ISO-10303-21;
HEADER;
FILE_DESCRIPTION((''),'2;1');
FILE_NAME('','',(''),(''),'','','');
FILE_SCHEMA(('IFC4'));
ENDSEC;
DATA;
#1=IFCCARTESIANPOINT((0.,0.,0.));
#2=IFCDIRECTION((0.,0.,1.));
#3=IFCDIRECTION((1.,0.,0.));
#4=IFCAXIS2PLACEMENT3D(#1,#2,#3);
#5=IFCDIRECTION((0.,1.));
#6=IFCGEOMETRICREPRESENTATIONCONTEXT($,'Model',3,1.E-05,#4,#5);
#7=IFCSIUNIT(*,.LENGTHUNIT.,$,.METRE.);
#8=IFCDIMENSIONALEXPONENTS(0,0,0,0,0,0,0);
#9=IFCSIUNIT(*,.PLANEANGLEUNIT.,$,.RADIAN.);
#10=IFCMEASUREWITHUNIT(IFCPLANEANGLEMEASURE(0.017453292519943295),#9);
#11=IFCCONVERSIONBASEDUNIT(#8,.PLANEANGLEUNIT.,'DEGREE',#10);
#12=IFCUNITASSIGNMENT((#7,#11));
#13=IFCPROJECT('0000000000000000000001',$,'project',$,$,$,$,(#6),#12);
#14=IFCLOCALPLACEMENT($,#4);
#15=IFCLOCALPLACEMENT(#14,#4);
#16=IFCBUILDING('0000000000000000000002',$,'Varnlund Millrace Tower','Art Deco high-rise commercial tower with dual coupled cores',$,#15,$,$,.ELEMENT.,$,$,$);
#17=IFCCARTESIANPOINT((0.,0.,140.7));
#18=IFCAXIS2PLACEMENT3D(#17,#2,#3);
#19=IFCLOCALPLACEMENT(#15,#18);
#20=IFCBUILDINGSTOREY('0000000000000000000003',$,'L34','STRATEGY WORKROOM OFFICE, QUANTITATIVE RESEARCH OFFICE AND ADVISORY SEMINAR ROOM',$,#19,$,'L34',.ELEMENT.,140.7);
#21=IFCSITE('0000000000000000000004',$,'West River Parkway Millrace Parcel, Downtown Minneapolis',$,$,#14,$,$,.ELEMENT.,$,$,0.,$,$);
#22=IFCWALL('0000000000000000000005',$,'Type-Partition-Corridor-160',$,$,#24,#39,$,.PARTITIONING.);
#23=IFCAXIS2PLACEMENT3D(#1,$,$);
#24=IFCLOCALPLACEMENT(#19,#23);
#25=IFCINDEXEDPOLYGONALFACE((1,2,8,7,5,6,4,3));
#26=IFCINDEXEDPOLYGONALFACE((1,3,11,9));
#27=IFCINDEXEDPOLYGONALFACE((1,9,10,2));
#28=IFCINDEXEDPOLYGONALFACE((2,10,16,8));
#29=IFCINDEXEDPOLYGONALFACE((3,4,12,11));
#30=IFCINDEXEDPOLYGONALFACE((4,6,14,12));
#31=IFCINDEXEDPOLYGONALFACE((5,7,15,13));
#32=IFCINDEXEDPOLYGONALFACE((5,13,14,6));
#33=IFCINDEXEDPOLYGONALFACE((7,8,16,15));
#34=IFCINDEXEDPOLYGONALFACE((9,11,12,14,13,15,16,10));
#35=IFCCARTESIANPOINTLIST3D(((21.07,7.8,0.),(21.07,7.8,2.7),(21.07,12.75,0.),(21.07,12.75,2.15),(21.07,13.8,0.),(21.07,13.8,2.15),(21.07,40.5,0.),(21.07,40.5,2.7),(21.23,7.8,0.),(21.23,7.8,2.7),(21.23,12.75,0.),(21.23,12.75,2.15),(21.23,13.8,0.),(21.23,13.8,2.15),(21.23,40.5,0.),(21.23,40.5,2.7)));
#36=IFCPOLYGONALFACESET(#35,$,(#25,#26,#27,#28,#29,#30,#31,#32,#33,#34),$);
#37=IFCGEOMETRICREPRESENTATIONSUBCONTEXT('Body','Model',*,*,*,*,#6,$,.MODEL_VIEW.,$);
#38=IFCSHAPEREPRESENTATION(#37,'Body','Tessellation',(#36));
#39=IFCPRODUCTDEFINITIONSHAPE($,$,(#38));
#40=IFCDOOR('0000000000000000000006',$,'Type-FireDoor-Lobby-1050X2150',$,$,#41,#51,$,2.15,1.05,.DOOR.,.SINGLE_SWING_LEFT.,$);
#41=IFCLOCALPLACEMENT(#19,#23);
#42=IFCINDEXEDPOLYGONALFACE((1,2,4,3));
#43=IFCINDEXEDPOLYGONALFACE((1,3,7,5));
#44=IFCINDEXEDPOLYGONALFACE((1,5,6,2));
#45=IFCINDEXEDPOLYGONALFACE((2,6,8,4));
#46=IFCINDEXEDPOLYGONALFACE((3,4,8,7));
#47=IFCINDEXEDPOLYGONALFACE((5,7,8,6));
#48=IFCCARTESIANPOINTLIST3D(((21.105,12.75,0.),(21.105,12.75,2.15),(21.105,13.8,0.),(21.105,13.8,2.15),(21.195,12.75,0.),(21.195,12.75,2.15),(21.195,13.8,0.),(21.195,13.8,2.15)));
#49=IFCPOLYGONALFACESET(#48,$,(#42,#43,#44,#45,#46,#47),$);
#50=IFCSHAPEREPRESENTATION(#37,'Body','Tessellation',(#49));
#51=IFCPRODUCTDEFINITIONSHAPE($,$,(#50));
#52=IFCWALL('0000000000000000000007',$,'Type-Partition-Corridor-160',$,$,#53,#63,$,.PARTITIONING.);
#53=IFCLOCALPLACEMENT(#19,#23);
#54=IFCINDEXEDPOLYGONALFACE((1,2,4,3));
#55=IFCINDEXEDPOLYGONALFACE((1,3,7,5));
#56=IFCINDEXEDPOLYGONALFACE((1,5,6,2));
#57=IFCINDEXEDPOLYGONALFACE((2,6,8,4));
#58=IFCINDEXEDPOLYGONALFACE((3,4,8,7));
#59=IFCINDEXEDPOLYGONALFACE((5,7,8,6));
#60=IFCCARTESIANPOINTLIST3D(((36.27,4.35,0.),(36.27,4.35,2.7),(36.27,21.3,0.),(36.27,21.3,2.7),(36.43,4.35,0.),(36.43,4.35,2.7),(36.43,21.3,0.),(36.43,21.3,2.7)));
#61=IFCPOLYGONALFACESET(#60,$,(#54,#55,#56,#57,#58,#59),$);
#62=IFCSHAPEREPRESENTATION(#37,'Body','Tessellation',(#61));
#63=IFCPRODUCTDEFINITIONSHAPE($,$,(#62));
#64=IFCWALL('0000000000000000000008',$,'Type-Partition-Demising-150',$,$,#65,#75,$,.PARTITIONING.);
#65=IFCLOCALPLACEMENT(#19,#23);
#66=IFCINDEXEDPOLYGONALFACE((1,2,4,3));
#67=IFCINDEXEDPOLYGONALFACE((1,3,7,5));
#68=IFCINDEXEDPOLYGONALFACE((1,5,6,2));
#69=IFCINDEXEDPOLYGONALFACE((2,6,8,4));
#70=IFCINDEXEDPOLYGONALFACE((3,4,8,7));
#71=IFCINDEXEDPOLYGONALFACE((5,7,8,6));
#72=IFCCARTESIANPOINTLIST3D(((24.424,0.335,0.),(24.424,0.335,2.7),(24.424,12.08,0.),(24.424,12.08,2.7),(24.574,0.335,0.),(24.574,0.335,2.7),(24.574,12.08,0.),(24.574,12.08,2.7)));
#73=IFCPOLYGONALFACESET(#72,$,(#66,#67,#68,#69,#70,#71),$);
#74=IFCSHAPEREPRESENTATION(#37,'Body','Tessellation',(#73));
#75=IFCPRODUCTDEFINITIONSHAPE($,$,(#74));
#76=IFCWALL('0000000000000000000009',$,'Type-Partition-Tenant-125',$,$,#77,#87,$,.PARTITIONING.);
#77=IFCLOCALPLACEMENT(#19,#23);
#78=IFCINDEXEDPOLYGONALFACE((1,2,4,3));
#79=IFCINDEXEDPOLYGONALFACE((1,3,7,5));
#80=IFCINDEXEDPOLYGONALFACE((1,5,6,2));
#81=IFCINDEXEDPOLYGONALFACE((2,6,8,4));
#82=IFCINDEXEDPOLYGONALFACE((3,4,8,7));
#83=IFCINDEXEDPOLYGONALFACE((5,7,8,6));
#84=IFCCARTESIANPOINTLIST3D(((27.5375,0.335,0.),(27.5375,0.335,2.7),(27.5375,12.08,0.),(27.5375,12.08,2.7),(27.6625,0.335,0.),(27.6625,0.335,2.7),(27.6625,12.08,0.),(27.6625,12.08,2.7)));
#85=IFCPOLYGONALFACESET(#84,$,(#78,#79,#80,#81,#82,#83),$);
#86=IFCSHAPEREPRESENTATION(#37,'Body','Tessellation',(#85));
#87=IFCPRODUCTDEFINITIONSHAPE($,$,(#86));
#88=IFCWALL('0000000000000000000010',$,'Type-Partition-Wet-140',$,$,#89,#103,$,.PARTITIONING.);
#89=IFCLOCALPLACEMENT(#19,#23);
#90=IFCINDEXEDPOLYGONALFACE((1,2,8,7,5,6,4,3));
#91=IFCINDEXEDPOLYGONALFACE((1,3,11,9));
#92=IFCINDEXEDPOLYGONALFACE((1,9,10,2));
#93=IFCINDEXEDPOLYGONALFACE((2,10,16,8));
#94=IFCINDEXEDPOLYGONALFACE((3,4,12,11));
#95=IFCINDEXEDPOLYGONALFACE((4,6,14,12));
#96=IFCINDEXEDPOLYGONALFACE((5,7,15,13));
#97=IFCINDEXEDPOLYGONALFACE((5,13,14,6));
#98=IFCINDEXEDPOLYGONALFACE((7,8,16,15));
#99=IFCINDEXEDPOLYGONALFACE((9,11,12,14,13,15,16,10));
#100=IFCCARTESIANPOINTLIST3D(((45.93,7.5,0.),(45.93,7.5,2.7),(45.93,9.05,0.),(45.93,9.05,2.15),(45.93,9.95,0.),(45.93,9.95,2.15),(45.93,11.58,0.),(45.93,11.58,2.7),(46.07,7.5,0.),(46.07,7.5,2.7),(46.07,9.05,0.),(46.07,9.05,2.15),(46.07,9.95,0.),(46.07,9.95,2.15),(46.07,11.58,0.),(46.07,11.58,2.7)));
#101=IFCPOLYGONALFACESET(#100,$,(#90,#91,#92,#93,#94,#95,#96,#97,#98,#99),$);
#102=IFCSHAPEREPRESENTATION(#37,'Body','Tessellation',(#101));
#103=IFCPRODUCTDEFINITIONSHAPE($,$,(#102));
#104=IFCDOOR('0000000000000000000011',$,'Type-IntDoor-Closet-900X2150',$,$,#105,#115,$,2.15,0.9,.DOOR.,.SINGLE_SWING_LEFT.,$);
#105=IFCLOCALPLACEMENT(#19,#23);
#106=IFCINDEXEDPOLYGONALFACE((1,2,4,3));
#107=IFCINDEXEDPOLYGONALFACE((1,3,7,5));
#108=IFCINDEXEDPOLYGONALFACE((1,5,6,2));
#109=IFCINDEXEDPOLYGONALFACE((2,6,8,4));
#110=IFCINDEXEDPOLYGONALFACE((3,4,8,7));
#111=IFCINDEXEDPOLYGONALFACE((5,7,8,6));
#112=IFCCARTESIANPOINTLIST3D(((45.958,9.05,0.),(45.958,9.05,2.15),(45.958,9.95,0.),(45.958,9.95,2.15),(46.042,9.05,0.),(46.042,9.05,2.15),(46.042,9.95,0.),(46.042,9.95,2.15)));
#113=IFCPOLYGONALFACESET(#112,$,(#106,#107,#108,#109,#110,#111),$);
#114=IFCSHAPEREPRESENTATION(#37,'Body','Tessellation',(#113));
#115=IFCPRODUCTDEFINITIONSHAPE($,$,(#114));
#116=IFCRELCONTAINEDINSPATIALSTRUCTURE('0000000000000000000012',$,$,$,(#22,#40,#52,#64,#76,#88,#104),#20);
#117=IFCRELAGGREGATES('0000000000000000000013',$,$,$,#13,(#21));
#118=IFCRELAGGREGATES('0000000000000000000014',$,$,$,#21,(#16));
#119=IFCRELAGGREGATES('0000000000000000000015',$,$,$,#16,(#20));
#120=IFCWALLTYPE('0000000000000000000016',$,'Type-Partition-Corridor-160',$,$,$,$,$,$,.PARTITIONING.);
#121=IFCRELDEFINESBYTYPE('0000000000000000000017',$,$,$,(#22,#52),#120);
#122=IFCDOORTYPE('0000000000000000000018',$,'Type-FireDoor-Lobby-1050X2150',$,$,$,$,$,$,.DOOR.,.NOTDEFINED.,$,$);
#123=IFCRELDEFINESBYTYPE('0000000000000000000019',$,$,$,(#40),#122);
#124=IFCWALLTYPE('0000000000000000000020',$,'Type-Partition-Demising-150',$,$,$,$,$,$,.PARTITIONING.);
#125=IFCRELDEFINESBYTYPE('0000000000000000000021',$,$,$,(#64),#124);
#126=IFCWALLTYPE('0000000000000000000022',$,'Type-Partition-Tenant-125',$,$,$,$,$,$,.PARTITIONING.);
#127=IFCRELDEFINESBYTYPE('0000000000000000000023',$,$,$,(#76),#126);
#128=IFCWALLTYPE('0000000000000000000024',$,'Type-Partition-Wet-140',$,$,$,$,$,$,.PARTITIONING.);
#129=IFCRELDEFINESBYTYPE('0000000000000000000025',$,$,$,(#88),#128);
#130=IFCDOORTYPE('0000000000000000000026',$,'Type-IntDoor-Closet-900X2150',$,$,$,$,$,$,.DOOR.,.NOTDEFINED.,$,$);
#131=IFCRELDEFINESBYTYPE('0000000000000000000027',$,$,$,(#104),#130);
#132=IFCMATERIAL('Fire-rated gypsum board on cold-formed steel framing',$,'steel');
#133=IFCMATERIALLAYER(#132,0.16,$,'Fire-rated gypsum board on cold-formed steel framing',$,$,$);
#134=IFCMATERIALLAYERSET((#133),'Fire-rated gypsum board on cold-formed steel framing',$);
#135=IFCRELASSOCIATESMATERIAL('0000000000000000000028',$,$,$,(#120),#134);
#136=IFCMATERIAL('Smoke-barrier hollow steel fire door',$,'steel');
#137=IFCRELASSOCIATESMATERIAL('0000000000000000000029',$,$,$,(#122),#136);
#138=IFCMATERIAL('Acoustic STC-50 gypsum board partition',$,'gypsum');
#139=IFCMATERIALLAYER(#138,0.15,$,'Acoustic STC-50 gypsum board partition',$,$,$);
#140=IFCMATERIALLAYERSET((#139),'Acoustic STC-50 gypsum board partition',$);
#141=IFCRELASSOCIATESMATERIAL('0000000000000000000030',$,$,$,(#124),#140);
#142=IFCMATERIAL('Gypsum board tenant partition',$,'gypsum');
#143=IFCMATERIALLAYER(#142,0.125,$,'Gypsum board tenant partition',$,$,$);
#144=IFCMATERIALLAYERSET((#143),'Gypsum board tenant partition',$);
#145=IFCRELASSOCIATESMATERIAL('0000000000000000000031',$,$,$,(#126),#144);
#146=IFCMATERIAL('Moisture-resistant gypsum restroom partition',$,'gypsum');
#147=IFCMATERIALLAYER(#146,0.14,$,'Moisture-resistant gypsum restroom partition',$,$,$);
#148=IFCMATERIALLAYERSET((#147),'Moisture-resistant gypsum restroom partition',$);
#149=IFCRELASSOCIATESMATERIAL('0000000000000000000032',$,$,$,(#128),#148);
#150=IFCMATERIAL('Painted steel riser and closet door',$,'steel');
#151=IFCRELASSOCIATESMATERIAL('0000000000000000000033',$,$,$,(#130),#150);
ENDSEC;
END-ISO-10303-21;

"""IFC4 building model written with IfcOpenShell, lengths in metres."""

from ifc_helpers import new_model, entity, si_unit, converted_unit, direction, frame, origin_with_axes, origin_2d_with_axis, place, context, subcontext, project, spatial, polyline, rectangle, outline, extrude, material, layer, layer_set, type_object, element, fill, save


model = new_model("IFC4")

# Units and contexts
model_context = context("Model", 3, precision=1e-05, world=origin_with_axes(), true_north=direction((0.0, 1.0)))
body_context = subcontext(model_context, "Body", "Model", "MODEL_VIEW")
ifc_project = project(units=[si_unit("LENGTHUNIT", "METRE"), converted_unit("PLANEANGLEUNIT", "DEGREE", entity("IfcPlaneAngleMeasure", 0.017453292519943295), si_unit("PLANEANGLEUNIT", "RADIAN"), dimensions=[0, 0, 0, 0, 0, 0, 0])], contexts=[model_context])

# Site, building, storey
site_placement = place(None, origin_with_axes())
site = spatial("IfcSite", under=ifc_project, at=site_placement, Name="West River Parkway Millrace Parcel, Downtown Minneapolis", CompositionType="ELEMENT", RefElevation=0.0)
building_placement = place(site_placement, origin_with_axes())
building = spatial("IfcBuilding", under=site, at=building_placement, Name="Varnlund Millrace Tower", Description="Art Deco high-rise commercial tower with dual coupled cores", CompositionType="ELEMENT")
storey_placement = place(building_placement, frame((0.0, 0.0, 140.7), z_axis=(0.0, 0.0, 1.0), x_axis=(1.0, 0.0, 0.0)))
storey = spatial("IfcBuildingStorey", under=building, at=storey_placement, Name="L34", Description="STRATEGY WORKROOM OFFICE, QUANTITATIVE RESEARCH OFFICE AND ADVISORY SEMINAR ROOM", LongName="L34", CompositionType="ELEMENT", Elevation=140.7)

# Wall, opening, door
ifc_material_1 = material(Name="Fire-rated gypsum board on cold-formed steel framing", Category="steel")
ifc_layer_1 = layer(ifc_material_1, 0.16, Name="Fire-rated gypsum board on cold-formed steel framing")
ifc_layer_set_1 = layer_set([ifc_layer_1], Name="Fire-rated gypsum board on cold-formed steel framing")
wall_type_1 = type_object("IfcWallType", Name="Type-Partition-Corridor-160", PredefinedType="PARTITIONING", material=ifc_layer_set_1)
wall_1_placement = place(storey_placement, frame((21.15, 7.8, 0.0), z_axis=(0.0, 0.0, 1.0), x_axis=(0.0, 1.0, 0.0)))
wall_1 = element("IfcWall", 1, at=wall_1_placement, inside=storey, type_object=wall_type_1, Name="Type-Partition-Corridor-160", PredefinedType="PARTITIONING", context=body_context, shape_type="SweptSolid", body=[
    extrude(outline(polyline([(0.0, -0.08), (32.7, -0.08), (32.7, 0.08), (0.0, 0.08), (0.0, -0.08)])), origin_with_axes(), (0.0, 0.0, 1.0), 2.7),
])
opening_1_placement = place(wall_1_placement, frame((5.475, 0.0, 0.0), z_axis=(0.0, 0.0, 1.0), x_axis=(1.0, 0.0, 0.0)))
opening_1 = element("IfcOpeningElement", 2, at=opening_1_placement, cuts=wall_1, PredefinedType="OPENING", context=body_context, shape_type="SweptSolid", body=[
    extrude(rectangle(XDim=1.05, YDim=0.18, at=origin_2d_with_axis()), origin_with_axes(), (0.0, 0.0, 1.0), 2.15),
])
ifc_material_2 = material(Name="Smoke-barrier hollow steel fire door", Category="steel")
door_type_1 = type_object("IfcDoorType", Name="Type-FireDoor-Lobby-1050X2150", OperationType="NOTDEFINED", PredefinedType="DOOR", material=ifc_material_2)
door_1_placement = place(wall_1_placement, frame((5.475, 0.0, 0.0), z_axis=(0.0, 0.0, 1.0), x_axis=(1.0, 0.0, 0.0)))
door_1 = element("IfcDoor", 3, at=door_1_placement, inside=storey, type_object=door_type_1, Name="Type-FireDoor-Lobby-1050X2150", OperationType="SINGLE_SWING_LEFT", OverallHeight=2.15, OverallWidth=1.05, PredefinedType="DOOR", context=body_context, shape_type="SweptSolid", body=[
    extrude(rectangle(XDim=1.05, YDim=0.09, at=origin_2d_with_axis()), origin_with_axes(), (0.0, 0.0, 1.0), 2.15),
])
fill(opening_1, door_1)

# Walls
wall_2_placement = place(storey_placement, frame((36.35, 4.35, 0.0), z_axis=(0.0, 0.0, 1.0), x_axis=(0.0, 1.0, 0.0)))
element("IfcWall", 4, at=wall_2_placement, inside=storey, type_object=wall_type_1, Name="Type-Partition-Corridor-160", PredefinedType="PARTITIONING", context=body_context, shape_type="SweptSolid", body=[
    extrude(outline(polyline([(0.0, -0.08), (16.95, -0.08), (16.95, 0.08), (0.0, 0.08), (0.0, -0.08)])), origin_with_axes(), (0.0, 0.0, 1.0), 2.7),
])
ifc_material_3 = material(Name="Acoustic STC-50 gypsum board partition", Category="gypsum")
ifc_layer_2 = layer(ifc_material_3, 0.15, Name="Acoustic STC-50 gypsum board partition")
ifc_layer_set_2 = layer_set([ifc_layer_2], Name="Acoustic STC-50 gypsum board partition")
wall_type_2 = type_object("IfcWallType", Name="Type-Partition-Demising-150", PredefinedType="PARTITIONING", material=ifc_layer_set_2)
wall_3_placement = place(storey_placement, frame((24.499, 0.335, 0.0), z_axis=(0.0, 0.0, 1.0), x_axis=(0.0, 1.0, 0.0)))
element("IfcWall", 5, at=wall_3_placement, inside=storey, type_object=wall_type_2, Name="Type-Partition-Demising-150", PredefinedType="PARTITIONING", context=body_context, shape_type="SweptSolid", body=[
    extrude(outline(polyline([(0.0, -0.075), (11.745, -0.075), (11.745, 0.075), (0.0, 0.075), (0.0, -0.075)])), origin_with_axes(), (0.0, 0.0, 1.0), 2.7),
])
ifc_material_4 = material(Name="Gypsum board tenant partition", Category="gypsum")
ifc_layer_3 = layer(ifc_material_4, 0.125, Name="Gypsum board tenant partition")
ifc_layer_set_3 = layer_set([ifc_layer_3], Name="Gypsum board tenant partition")
wall_type_3 = type_object("IfcWallType", Name="Type-Partition-Tenant-125", PredefinedType="PARTITIONING", material=ifc_layer_set_3)
wall_4_placement = place(storey_placement, frame((27.6, 0.335, 0.0), z_axis=(0.0, 0.0, 1.0), x_axis=(0.0, 1.0, 0.0)))
element("IfcWall", 6, at=wall_4_placement, inside=storey, type_object=wall_type_3, Name="Type-Partition-Tenant-125", PredefinedType="PARTITIONING", context=body_context, shape_type="SweptSolid", body=[
    extrude(outline(polyline([(0.0, -0.0625), (11.745, -0.0625), (11.745, 0.0625), (0.0, 0.0625), (0.0, -0.0625)])), origin_with_axes(), (0.0, 0.0, 1.0), 2.7),
])

# Wall, opening, door
ifc_material_5 = material(Name="Moisture-resistant gypsum restroom partition", Category="gypsum")
ifc_layer_4 = layer(ifc_material_5, 0.14, Name="Moisture-resistant gypsum restroom partition")
ifc_layer_set_4 = layer_set([ifc_layer_4], Name="Moisture-resistant gypsum restroom partition")
wall_type_4 = type_object("IfcWallType", Name="Type-Partition-Wet-140", PredefinedType="PARTITIONING", material=ifc_layer_set_4)
wall_5_placement = place(storey_placement, frame((46.0, 7.5, 0.0), z_axis=(0.0, 0.0, 1.0), x_axis=(0.0, 1.0, 0.0)))
wall_5 = element("IfcWall", 7, at=wall_5_placement, inside=storey, type_object=wall_type_4, Name="Type-Partition-Wet-140", PredefinedType="PARTITIONING", context=body_context, shape_type="SweptSolid", body=[
    extrude(outline(polyline([(0.0, -0.07), (4.08, -0.07), (4.08, 0.07), (0.0, 0.07), (0.0, -0.07)])), origin_with_axes(), (0.0, 0.0, 1.0), 2.7),
])
opening_2_placement = place(wall_5_placement, frame((2.0, 0.0, 0.0), z_axis=(0.0, 0.0, 1.0), x_axis=(1.0, 0.0, 0.0)))
opening_2 = element("IfcOpeningElement", 8, at=opening_2_placement, cuts=wall_5, PredefinedType="OPENING", context=body_context, shape_type="SweptSolid", body=[
    extrude(rectangle(XDim=0.9, YDim=0.16, at=origin_2d_with_axis()), origin_with_axes(), (0.0, 0.0, 1.0), 2.15),
])
ifc_material_6 = material(Name="Painted steel riser and closet door", Category="steel")
door_type_2 = type_object("IfcDoorType", Name="Type-IntDoor-Closet-900X2150", OperationType="NOTDEFINED", PredefinedType="DOOR", material=ifc_material_6)
door_2_placement = place(wall_5_placement, frame((2.0, 0.0, 0.0), z_axis=(0.0, 0.0, 1.0), x_axis=(1.0, 0.0, 0.0)))
door_2 = element("IfcDoor", 9, at=door_2_placement, inside=storey, type_object=door_type_2, Name="Type-IntDoor-Closet-900X2150", OperationType="SINGLE_SWING_LEFT", OverallHeight=2.15, OverallWidth=0.9, PredefinedType="DOOR", context=body_context, shape_type="SweptSolid", body=[
    extrude(rectangle(XDim=0.9, YDim=0.084, at=origin_2d_with_axis()), origin_with_axes(), (0.0, 0.0, 1.0), 2.15),
])
fill(opening_2, door_2)

save(model, "model.ifc")
